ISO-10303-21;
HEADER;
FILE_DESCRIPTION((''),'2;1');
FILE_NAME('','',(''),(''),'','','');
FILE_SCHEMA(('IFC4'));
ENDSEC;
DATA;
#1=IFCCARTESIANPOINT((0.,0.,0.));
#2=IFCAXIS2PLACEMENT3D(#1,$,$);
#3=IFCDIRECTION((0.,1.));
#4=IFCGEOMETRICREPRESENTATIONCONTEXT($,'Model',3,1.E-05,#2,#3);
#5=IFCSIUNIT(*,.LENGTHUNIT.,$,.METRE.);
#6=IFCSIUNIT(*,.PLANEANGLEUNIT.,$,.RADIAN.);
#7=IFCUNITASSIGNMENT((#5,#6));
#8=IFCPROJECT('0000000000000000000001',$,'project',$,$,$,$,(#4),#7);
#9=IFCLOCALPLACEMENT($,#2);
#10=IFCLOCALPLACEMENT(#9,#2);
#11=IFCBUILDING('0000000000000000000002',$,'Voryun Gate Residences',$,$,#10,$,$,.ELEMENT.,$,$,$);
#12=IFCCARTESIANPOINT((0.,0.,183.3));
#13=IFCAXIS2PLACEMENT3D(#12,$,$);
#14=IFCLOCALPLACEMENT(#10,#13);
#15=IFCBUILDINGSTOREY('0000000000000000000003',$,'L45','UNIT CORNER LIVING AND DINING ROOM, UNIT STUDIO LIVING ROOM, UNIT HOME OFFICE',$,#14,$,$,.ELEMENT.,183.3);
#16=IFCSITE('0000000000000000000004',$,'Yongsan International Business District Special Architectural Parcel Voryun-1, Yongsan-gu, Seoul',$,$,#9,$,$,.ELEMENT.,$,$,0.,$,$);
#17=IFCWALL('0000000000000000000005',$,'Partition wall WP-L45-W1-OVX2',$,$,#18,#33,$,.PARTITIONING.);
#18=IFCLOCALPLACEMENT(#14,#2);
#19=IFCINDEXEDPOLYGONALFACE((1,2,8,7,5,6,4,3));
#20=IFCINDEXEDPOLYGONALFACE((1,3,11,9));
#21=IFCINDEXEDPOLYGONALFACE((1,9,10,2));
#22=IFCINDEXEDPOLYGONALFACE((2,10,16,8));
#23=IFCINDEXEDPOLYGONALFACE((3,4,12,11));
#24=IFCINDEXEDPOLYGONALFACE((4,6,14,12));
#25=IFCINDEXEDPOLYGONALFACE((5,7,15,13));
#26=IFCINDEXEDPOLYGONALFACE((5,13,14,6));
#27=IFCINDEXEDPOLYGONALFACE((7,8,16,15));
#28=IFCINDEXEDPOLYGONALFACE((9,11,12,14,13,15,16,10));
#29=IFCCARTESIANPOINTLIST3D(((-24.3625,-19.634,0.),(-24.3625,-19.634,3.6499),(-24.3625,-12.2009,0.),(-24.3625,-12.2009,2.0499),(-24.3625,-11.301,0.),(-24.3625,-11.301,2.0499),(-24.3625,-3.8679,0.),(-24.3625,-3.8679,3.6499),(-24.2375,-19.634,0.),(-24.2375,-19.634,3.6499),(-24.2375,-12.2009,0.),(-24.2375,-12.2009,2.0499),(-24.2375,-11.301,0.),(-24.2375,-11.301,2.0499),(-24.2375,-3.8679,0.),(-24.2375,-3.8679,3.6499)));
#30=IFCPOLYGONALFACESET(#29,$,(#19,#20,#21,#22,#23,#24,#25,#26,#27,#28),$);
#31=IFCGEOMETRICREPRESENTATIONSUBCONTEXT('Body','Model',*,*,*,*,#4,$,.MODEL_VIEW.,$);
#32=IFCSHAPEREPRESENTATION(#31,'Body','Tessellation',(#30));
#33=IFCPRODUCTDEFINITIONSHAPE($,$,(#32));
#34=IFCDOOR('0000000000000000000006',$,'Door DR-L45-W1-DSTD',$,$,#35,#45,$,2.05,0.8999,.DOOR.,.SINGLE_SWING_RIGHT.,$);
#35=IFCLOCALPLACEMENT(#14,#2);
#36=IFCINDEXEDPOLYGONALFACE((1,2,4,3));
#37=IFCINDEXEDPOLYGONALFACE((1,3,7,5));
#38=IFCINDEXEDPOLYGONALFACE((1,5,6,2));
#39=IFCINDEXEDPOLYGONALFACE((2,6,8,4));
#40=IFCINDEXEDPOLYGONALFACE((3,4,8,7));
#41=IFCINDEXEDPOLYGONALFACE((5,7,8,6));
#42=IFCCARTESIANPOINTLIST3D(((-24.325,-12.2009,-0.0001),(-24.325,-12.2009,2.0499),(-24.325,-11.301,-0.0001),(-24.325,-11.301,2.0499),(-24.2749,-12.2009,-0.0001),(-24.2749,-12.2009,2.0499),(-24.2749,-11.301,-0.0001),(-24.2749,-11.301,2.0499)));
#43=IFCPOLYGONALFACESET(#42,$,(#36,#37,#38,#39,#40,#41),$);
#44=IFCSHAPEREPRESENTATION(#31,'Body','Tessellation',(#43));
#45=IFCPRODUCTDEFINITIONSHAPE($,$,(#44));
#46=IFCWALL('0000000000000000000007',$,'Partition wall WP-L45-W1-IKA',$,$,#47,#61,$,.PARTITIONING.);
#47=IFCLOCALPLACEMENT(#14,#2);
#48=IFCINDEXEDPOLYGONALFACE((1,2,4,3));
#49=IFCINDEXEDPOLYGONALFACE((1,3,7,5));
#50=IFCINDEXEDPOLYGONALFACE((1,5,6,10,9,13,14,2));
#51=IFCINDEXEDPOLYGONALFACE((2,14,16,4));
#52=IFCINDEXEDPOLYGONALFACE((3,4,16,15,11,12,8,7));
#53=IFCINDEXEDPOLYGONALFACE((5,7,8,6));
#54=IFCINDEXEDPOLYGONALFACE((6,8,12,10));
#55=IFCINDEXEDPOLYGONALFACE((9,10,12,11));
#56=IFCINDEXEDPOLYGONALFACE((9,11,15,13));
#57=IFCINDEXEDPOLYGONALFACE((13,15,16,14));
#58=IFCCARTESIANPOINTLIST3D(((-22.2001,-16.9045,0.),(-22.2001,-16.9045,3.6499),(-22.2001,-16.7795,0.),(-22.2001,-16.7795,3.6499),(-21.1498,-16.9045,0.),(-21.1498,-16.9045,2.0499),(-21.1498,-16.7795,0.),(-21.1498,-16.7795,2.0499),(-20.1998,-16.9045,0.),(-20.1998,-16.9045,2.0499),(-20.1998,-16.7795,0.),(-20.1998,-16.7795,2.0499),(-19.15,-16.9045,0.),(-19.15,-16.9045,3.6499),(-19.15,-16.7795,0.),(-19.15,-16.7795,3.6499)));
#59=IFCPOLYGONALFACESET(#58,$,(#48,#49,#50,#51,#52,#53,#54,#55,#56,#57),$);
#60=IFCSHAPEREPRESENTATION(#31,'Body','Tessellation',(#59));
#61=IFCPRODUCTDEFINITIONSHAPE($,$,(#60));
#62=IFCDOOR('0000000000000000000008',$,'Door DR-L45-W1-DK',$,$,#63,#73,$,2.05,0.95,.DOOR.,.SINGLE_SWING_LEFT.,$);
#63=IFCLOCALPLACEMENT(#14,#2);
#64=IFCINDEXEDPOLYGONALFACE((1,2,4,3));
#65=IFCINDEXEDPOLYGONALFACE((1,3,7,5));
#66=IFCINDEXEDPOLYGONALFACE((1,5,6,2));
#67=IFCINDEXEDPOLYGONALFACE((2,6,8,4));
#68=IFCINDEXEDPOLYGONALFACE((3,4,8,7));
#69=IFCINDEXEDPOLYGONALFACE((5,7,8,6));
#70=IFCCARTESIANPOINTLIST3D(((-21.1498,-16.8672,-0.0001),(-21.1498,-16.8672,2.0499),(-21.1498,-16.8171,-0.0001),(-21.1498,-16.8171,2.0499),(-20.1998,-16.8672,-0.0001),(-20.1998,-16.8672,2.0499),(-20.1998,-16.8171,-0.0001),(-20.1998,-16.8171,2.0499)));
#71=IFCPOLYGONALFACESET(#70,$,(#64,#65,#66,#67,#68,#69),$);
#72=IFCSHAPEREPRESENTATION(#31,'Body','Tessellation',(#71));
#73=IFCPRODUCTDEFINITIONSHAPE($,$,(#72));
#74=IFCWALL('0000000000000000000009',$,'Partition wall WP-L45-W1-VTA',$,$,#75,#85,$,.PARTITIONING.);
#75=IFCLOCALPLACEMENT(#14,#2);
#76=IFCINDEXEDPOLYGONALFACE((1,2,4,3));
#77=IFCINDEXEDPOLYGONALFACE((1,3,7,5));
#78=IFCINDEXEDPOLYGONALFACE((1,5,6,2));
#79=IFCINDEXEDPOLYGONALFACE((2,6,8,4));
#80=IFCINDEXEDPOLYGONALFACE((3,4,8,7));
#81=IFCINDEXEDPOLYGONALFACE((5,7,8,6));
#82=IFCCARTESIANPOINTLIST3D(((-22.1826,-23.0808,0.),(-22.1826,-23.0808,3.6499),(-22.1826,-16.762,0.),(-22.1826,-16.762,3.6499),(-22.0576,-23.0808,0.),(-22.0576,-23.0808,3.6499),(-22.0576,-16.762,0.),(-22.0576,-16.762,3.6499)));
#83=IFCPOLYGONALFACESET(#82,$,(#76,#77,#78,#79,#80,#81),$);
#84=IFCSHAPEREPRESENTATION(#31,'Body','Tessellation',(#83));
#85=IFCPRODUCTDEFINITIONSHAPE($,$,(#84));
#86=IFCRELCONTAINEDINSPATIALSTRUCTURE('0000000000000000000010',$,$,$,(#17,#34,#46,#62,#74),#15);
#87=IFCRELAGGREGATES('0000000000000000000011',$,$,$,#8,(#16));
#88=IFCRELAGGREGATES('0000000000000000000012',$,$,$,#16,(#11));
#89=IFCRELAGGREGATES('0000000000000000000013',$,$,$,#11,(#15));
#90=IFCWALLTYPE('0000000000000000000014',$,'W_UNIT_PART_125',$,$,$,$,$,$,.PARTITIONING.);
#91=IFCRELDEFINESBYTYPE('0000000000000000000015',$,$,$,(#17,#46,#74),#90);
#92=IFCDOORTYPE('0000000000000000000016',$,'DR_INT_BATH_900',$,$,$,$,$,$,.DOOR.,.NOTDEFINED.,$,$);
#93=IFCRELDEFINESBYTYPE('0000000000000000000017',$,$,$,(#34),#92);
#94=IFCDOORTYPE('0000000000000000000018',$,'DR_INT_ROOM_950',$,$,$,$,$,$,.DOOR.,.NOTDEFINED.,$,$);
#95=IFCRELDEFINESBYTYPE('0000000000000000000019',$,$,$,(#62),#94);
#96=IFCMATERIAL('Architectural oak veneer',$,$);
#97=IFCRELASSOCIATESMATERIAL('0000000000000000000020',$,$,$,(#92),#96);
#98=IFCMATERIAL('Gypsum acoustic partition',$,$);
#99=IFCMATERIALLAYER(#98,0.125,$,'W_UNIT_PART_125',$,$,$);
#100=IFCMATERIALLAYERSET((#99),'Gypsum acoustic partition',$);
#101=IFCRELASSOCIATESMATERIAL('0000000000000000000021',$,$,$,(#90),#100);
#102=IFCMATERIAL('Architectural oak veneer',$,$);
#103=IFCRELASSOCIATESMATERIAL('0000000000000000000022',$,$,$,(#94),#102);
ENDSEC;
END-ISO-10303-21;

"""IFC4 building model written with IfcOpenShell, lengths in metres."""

from ifc_helpers import new_model, si_unit, direction, frame, frame_2d, origin, place, context, subcontext, project, spatial, rectangle, extrude, material, layer, layer_set, type_object, element, fill, save


model = new_model("IFC4")

# Units and contexts
model_context = context("Model", 3, precision=1e-05, world=origin(), true_north=direction((0.0, 1.0)))
body_context = subcontext(model_context, "Body", "Model", "MODEL_VIEW")
ifc_project = project(units=[si_unit("LENGTHUNIT", "METRE"), si_unit("PLANEANGLEUNIT", "RADIAN")], contexts=[model_context])

# Site, building, storey
site_placement = place(None, origin())
site = spatial("IfcSite", under=ifc_project, at=site_placement, Name="Yongsan International Business District Special Architectural Parcel Voryun-1, Yongsan-gu, Seoul", CompositionType="ELEMENT", RefElevation=0.0)
building_placement = place(site_placement, origin())
building = spatial("IfcBuilding", under=site, at=building_placement, Name="Voryun Gate Residences", CompositionType="ELEMENT")
storey_placement = place(building_placement, frame((0.0, 0.0, 183.3)))
storey = spatial("IfcBuildingStorey", under=building, at=storey_placement, Name="L45", Description="UNIT CORNER LIVING AND DINING ROOM, UNIT STUDIO LIVING ROOM, UNIT HOME OFFICE", CompositionType="ELEMENT", Elevation=183.3)

# Shared definitions
ifc_material_1 = material(Name="Architectural oak veneer")
door_type_1 = type_object("IfcDoorType", Name="DR_INT_BATH_900", OperationType="NOTDEFINED", PredefinedType="DOOR", material=ifc_material_1)

# Shared definitions
ifc_material_2 = material(Name="Gypsum acoustic partition")
ifc_layer_1 = layer(ifc_material_2, 0.125, Name="W_UNIT_PART_125")
ifc_layer_set_1 = layer_set([ifc_layer_1], Name="Gypsum acoustic partition")
wall_type_1 = type_object("IfcWallType", Name="W_UNIT_PART_125", PredefinedType="PARTITIONING", material=ifc_layer_set_1)

# Walls, openings, doors
wall_1_placement = place(storey_placement, frame((-24.3, -19.634, 0.0), z_axis=(0.0, 0.0, 1.0), x_axis=(0.0, 1.0, 0.0)))
wall_1 = element("IfcWall", 1, at=wall_1_placement, inside=storey, type_object=wall_type_1, Name="Partition wall WP-L45-W1-OVX2", PredefinedType="PARTITIONING", context=body_context, shape_type="SweptSolid", body=[
    extrude(rectangle(XDim=15.7661, YDim=0.125, at=frame_2d((7.8831, 0.0))), origin(), (0.0, 0.0, 1.0), 3.6499),
])
opening_1_placement = place(wall_1_placement, frame((7.4331, 0.0, 0.0)))
opening_1 = element("IfcOpeningElement", 2, at=opening_1_placement, cuts=wall_1, PredefinedType="OPENING", context=body_context, shape_type="SweptSolid", body=[
    extrude(rectangle(XDim=0.8999, YDim=2.05, at=frame_2d((0.45, 1.0249))), frame((0.0, 0.0725, 0.0), z_axis=(0.0, -1.0, 0.0), x_axis=(1.0, 0.0, 0.0)), (0.0, 0.0, 1.0), 0.145),
])
door_1_placement = place(opening_1_placement, origin())
door_1 = element("IfcDoor", 3, at=door_1_placement, inside=storey, type_object=door_type_1, Name="Door DR-L45-W1-DSTD", OperationType="SINGLE_SWING_RIGHT", OverallHeight=2.05, OverallWidth=0.8999, PredefinedType="DOOR", context=body_context, shape_type="SweptSolid", body=[
    extrude(rectangle(XDim=0.8999, YDim=2.05, at=frame_2d((0.45, 1.0249))), frame((0.0, 0.0249, 0.0), z_axis=(0.0, -1.0, 0.0), x_axis=(1.0, 0.0, 0.0)), (0.0, 0.0, 1.0), 0.05),
])
fill(opening_1, door_1)
wall_2_placement = place(storey_placement, frame((-22.2, -16.842, 0.0), z_axis=(0.0, 0.0, 1.0), x_axis=(1.0, 0.0, 0.0)))
wall_2 = element("IfcWall", 4, at=wall_2_placement, inside=storey, type_object=wall_type_1, Name="Partition wall WP-L45-W1-IKA", PredefinedType="PARTITIONING", context=body_context, shape_type="SweptSolid", body=[
    extrude(rectangle(XDim=3.05, YDim=0.125, at=frame_2d((1.5249, 0.0))), origin(), (0.0, 0.0, 1.0), 3.6499),
])
opening_2_placement = place(wall_2_placement, frame((1.05, 0.0, 0.0)))
opening_2 = element("IfcOpeningElement", 5, at=opening_2_placement, cuts=wall_2, PredefinedType="OPENING", context=body_context, shape_type="SweptSolid", body=[
    extrude(rectangle(XDim=0.95, YDim=2.05, at=frame_2d((0.4751, 1.0249))), frame((0.0, 0.0725, 0.0), z_axis=(0.0, -1.0, 0.0), x_axis=(1.0, 0.0, 0.0)), (0.0, 0.0, 1.0), 0.145),
])
ifc_material_3 = material(Name="Architectural oak veneer")
door_type_2 = type_object("IfcDoorType", Name="DR_INT_ROOM_950", OperationType="NOTDEFINED", PredefinedType="DOOR", material=ifc_material_3)
door_2_placement = place(opening_2_placement, origin())
door_2 = element("IfcDoor", 6, at=door_2_placement, inside=storey, type_object=door_type_2, Name="Door DR-L45-W1-DK", OperationType="SINGLE_SWING_LEFT", OverallHeight=2.05, OverallWidth=0.95, PredefinedType="DOOR", context=body_context, shape_type="SweptSolid", body=[
    extrude(rectangle(XDim=0.95, YDim=2.05, at=frame_2d((0.4751, 1.0249))), frame((0.0, 0.0249, 0.0), z_axis=(0.0, -1.0, 0.0), x_axis=(1.0, 0.0, 0.0)), (0.0, 0.0, 1.0), 0.05),
])
fill(opening_2, door_2)

# Wall
wall_3_placement = place(storey_placement, frame((-22.1201, -23.0808, 0.0), z_axis=(0.0, 0.0, 1.0), x_axis=(0.0, 1.0, 0.0)))
element("IfcWall", 7, at=wall_3_placement, inside=storey, type_object=wall_type_1, Name="Partition wall WP-L45-W1-VTA", PredefinedType="PARTITIONING", context=body_context, shape_type="SweptSolid", body=[
    extrude(rectangle(XDim=6.3188, YDim=0.125, at=frame_2d((3.1594, 0.0))), origin(), (0.0, 0.0, 1.0), 3.6499),
])

save(model, "model.ifc")
